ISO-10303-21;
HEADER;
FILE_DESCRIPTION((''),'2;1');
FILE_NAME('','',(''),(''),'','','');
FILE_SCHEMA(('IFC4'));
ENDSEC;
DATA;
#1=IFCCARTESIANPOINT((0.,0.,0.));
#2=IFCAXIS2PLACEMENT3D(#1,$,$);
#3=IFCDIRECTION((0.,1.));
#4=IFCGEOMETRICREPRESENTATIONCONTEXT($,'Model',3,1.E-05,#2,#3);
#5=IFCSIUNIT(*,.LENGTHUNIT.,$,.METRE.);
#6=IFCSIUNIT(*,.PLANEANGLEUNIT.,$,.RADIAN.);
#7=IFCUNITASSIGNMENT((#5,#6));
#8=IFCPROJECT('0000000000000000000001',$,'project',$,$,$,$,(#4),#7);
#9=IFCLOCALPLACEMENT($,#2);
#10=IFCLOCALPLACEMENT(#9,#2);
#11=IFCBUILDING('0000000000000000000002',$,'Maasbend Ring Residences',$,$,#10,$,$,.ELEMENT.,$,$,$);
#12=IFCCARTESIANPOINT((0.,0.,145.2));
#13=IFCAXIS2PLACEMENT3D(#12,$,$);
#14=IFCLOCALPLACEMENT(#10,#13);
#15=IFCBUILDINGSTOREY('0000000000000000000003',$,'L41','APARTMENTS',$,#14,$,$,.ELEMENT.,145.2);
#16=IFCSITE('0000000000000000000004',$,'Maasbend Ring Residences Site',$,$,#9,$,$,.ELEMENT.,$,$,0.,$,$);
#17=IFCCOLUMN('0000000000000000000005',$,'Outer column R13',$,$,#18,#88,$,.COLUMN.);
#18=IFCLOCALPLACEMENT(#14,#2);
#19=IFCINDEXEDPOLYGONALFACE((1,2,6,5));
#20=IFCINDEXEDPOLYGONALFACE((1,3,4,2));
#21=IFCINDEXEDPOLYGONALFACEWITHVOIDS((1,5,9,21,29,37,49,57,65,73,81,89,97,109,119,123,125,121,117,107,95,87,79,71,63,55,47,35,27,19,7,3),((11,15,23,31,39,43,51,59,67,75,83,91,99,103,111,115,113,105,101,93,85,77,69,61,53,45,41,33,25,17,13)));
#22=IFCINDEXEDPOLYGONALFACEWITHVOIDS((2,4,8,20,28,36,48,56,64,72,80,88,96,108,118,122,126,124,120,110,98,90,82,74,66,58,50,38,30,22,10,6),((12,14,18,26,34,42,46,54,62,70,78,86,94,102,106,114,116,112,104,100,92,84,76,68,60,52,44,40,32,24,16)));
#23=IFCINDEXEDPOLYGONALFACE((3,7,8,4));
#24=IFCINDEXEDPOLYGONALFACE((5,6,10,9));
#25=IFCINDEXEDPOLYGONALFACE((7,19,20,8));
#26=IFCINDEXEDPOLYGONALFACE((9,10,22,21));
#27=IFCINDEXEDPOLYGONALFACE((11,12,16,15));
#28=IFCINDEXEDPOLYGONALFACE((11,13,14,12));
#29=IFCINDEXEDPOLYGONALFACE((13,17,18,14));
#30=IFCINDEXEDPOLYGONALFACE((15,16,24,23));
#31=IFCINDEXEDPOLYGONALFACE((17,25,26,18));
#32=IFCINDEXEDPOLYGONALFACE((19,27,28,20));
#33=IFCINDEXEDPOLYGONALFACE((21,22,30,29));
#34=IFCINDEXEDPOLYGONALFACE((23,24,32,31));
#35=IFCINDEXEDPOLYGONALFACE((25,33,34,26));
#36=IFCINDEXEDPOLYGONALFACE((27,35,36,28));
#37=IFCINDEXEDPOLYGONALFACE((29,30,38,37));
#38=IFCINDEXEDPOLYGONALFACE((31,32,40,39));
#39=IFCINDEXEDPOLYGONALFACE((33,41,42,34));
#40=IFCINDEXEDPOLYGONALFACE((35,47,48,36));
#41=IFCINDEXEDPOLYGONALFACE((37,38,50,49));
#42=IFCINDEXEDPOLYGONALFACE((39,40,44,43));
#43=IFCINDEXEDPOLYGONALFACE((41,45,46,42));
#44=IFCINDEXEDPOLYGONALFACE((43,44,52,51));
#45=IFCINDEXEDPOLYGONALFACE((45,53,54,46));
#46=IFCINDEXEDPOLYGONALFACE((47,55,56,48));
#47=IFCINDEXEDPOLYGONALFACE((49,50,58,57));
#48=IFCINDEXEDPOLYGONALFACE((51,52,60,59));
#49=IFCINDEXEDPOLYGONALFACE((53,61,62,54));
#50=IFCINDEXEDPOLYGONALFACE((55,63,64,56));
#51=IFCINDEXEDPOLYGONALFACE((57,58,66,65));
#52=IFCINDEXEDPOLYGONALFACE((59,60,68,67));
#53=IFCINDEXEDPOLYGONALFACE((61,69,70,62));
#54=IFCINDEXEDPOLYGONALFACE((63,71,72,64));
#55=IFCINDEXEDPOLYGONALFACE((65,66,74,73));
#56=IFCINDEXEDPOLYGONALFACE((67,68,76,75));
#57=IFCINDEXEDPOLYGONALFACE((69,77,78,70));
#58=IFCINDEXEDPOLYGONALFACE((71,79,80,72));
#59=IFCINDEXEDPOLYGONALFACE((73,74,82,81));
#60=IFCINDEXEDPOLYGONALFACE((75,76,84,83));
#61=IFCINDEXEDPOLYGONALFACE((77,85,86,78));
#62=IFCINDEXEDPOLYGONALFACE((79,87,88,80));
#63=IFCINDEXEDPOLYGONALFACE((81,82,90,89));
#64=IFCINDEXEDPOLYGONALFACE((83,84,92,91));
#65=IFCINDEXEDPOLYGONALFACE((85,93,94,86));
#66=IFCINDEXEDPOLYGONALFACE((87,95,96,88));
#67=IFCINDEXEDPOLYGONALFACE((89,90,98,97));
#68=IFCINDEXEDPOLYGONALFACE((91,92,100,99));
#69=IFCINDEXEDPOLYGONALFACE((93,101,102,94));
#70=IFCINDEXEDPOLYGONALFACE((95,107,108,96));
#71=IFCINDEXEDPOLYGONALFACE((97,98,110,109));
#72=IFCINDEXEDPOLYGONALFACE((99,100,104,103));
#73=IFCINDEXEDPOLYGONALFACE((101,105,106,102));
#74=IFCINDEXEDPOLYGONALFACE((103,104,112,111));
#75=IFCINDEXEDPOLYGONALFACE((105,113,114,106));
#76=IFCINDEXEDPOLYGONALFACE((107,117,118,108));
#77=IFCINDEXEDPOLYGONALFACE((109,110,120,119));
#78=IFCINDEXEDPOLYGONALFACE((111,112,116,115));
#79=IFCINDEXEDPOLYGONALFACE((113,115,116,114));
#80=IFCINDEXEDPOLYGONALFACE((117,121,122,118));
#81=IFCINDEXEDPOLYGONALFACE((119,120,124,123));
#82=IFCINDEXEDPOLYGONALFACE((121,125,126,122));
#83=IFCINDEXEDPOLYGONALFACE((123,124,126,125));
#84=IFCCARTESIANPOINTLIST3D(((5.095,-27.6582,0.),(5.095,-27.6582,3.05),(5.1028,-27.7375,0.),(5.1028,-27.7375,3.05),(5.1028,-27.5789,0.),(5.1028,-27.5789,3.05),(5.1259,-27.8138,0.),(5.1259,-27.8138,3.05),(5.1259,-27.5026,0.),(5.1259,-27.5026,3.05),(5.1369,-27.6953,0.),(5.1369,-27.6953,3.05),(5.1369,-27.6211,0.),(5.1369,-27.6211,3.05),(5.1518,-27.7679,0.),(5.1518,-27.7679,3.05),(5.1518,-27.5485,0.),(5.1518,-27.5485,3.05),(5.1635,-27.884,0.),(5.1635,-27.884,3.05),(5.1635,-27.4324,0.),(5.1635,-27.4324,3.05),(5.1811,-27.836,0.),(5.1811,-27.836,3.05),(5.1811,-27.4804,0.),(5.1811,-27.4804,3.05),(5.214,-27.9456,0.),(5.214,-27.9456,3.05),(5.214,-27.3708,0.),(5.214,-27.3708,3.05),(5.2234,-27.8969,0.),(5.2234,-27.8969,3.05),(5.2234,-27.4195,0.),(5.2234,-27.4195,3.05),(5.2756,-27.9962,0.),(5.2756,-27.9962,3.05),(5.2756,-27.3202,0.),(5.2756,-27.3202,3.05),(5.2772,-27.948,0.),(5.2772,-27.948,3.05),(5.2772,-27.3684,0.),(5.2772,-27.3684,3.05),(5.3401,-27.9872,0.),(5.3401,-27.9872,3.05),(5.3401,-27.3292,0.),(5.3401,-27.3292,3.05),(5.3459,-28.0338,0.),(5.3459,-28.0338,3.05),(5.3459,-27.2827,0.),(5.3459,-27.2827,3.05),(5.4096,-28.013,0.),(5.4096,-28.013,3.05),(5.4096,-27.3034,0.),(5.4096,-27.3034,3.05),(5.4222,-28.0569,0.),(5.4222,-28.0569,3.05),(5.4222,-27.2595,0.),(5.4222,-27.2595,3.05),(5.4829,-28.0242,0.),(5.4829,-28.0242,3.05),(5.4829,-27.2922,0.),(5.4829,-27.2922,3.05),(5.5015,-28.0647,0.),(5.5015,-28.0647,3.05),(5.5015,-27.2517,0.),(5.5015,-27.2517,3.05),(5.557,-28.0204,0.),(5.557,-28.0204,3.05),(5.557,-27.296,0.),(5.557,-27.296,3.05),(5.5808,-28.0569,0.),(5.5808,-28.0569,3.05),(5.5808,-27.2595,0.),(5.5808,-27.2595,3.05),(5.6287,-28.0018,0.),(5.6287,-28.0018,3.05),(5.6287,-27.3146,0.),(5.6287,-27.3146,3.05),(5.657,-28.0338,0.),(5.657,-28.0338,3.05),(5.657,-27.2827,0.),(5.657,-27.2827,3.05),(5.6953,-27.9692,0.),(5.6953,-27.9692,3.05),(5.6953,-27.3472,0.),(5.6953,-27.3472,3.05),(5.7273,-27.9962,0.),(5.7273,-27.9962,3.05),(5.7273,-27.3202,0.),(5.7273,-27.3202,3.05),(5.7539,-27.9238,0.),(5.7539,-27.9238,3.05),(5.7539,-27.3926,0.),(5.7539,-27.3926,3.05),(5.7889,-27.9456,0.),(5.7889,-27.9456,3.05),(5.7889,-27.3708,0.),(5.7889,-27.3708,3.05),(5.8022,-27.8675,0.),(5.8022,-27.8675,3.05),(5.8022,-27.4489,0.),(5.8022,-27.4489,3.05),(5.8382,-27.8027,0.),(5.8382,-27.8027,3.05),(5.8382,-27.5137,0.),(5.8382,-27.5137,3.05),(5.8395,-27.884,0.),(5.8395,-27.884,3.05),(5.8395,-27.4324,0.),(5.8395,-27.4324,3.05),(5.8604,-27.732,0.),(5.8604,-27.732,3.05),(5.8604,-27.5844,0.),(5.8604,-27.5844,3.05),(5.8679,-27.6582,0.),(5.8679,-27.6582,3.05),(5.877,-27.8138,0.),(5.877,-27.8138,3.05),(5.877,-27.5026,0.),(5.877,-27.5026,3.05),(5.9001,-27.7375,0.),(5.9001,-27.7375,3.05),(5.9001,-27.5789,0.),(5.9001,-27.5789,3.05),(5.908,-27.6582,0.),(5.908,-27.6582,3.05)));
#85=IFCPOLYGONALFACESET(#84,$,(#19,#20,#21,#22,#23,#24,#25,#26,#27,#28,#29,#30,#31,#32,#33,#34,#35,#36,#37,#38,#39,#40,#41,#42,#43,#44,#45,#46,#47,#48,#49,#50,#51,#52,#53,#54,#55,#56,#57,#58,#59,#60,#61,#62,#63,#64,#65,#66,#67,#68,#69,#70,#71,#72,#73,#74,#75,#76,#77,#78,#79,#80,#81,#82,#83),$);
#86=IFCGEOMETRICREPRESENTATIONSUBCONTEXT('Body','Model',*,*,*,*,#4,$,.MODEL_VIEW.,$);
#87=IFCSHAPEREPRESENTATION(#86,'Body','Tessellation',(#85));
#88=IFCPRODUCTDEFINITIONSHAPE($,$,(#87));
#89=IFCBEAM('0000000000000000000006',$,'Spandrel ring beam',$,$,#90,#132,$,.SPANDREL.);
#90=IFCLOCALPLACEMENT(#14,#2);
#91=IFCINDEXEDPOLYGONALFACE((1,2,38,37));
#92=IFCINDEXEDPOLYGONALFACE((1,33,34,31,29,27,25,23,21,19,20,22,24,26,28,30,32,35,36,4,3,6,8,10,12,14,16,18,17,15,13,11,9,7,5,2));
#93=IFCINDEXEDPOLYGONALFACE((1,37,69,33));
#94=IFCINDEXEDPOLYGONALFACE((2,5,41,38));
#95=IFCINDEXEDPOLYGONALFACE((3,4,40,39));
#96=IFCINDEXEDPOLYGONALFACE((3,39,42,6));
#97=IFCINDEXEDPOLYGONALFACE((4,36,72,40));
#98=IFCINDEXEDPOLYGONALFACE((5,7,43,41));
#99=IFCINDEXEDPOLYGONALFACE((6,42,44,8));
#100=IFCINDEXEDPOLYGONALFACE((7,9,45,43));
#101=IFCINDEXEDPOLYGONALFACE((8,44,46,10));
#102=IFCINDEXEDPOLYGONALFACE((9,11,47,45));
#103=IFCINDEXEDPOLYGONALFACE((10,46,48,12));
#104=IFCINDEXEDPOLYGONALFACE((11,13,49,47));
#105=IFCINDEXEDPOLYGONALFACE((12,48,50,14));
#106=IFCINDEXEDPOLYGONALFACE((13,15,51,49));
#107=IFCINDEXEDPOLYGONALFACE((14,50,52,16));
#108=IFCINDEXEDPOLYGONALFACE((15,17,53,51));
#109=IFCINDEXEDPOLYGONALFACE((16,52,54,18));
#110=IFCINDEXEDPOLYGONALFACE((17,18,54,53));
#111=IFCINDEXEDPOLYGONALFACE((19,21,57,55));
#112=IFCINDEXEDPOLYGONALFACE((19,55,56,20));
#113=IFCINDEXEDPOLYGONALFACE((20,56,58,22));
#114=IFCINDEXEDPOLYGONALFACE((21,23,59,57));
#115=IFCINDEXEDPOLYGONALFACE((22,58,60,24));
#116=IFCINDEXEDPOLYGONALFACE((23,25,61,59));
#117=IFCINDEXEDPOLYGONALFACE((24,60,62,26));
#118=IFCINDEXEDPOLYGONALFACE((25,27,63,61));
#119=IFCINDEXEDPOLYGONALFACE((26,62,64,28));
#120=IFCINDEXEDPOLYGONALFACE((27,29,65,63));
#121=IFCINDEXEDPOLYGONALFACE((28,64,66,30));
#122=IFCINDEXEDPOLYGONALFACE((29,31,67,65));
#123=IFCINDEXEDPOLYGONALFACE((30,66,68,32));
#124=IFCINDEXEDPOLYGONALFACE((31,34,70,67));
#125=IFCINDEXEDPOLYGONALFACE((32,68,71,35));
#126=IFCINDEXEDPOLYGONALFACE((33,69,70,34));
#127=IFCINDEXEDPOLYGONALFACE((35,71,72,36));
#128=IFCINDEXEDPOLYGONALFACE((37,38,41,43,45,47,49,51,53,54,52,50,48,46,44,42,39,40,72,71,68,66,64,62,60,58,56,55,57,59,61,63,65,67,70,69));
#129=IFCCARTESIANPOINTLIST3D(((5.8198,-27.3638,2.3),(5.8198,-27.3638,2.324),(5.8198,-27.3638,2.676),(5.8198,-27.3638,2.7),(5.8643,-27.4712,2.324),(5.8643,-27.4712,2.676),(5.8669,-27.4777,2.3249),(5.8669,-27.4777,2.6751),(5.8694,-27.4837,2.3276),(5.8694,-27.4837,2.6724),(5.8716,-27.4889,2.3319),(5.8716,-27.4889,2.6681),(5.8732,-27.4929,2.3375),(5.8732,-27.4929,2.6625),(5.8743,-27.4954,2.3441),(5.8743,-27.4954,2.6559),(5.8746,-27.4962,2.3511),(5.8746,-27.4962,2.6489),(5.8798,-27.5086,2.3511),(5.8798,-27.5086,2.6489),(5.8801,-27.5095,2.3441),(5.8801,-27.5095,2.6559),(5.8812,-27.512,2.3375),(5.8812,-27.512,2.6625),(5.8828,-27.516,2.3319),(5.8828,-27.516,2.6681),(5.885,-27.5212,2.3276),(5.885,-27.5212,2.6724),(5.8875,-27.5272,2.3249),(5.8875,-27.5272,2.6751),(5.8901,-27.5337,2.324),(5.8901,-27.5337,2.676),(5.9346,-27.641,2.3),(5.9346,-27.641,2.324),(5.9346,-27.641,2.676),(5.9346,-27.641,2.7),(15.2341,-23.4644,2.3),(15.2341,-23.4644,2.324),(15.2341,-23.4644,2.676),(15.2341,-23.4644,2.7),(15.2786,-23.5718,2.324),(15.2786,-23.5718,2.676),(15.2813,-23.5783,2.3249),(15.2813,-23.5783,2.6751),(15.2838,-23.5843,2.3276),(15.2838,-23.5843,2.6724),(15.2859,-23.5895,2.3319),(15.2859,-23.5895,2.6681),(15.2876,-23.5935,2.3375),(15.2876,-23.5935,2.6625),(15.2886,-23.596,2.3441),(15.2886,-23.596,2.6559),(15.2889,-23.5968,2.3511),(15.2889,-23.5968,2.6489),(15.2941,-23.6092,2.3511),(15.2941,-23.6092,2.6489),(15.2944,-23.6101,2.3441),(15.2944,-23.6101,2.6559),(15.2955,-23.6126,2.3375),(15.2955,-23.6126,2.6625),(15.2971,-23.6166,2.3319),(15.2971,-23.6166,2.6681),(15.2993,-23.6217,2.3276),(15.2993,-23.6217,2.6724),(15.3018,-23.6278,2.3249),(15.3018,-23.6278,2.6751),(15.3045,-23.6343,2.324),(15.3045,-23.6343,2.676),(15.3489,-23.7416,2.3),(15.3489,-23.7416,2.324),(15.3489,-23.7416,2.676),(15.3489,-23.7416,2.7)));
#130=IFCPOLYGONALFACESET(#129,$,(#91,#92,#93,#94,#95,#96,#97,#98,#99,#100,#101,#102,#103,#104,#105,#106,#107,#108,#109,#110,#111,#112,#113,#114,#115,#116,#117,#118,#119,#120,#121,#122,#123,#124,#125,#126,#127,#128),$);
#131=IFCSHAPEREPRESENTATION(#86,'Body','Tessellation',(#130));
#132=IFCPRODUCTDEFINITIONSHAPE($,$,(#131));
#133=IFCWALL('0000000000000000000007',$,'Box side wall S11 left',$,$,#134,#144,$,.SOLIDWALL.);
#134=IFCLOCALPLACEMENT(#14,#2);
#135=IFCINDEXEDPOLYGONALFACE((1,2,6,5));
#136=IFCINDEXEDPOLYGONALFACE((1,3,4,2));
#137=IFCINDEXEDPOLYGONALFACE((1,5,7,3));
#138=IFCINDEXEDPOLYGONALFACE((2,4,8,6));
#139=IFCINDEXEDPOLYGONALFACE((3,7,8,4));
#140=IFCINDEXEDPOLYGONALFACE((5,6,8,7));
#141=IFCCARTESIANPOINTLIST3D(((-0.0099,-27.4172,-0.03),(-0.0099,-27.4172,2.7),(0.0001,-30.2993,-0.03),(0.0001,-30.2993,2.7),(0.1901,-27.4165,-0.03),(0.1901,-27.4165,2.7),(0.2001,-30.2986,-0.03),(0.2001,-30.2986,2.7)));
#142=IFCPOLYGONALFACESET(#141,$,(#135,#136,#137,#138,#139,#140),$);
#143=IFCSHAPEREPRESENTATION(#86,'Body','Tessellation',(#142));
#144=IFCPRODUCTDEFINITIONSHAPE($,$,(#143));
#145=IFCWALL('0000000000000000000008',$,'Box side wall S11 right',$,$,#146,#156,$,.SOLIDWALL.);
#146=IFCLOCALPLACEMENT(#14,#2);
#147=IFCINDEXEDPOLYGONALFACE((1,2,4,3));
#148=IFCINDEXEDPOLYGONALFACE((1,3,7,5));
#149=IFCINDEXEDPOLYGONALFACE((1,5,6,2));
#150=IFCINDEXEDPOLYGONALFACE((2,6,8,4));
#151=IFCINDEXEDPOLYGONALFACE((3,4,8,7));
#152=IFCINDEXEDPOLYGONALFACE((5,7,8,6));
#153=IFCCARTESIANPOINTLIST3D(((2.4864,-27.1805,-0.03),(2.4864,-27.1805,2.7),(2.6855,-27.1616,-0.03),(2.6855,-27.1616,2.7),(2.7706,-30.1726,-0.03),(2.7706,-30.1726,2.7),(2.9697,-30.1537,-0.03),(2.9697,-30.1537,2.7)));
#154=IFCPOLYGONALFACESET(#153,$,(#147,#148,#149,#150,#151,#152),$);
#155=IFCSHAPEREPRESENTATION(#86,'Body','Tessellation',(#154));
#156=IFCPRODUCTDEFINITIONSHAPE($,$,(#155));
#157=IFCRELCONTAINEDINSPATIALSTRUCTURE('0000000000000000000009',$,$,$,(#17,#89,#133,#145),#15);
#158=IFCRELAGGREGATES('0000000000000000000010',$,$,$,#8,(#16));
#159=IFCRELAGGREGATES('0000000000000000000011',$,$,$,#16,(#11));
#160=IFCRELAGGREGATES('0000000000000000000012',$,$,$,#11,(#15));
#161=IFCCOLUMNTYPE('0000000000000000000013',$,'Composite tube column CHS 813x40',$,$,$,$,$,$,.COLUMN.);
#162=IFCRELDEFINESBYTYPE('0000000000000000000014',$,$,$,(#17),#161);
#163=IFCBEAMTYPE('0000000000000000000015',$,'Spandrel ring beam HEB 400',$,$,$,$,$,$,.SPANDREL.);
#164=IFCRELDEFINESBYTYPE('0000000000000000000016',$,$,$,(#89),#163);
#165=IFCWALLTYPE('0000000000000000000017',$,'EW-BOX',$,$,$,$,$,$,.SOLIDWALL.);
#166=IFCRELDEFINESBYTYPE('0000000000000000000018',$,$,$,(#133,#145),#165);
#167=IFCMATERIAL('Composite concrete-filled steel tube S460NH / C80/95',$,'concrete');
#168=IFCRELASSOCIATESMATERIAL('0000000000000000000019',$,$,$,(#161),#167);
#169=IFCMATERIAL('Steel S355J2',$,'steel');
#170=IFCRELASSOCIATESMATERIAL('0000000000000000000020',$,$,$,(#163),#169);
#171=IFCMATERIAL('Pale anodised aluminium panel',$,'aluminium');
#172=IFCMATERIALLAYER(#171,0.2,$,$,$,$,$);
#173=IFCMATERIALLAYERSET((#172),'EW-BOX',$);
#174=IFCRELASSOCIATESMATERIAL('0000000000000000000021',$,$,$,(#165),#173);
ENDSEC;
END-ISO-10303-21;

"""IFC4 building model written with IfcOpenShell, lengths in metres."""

from ifc_helpers import new_model, si_unit, direction, frame, frame_2d, origin, origin_2d, place, context, subcontext, project, spatial, rectangle, hollow_circle, i_section, extrude, material, layer, layer_set, material_profile, profile_set, type_object, element, save


model = new_model("IFC4")

# Units and contexts
model_context = context("Model", 3, precision=1e-05, world=origin(), true_north=direction((0.0, 1.0)))
body_context = subcontext(model_context, "Body", "Model", "MODEL_VIEW")
ifc_project = project(units=[si_unit("LENGTHUNIT", "METRE"), si_unit("PLANEANGLEUNIT", "RADIAN")], contexts=[model_context])

# Site, building, storey
site_placement = place(None, origin())
site = spatial("IfcSite", under=ifc_project, at=site_placement, Name="Maasbend Ring Residences Site", CompositionType="ELEMENT", RefElevation=0.0)
building_placement = place(site_placement, origin())
building = spatial("IfcBuilding", under=site, at=building_placement, Name="Maasbend Ring Residences", CompositionType="ELEMENT")
storey_placement = place(building_placement, frame((0.0, 0.0, 145.2)))
storey = spatial("IfcBuildingStorey", under=building, at=storey_placement, Name="L41", Description="APARTMENTS", CompositionType="ELEMENT", Elevation=145.2)

# Column
ifc_material_1 = material(Name="Composite concrete-filled steel tube S460NH / C80/95", Category="concrete")
ifc_material_profile_1 = material_profile(ifc_material_1, hollow_circle(Radius=0.4065, WallThickness=0.04, at=origin_2d()), Name="Composite tube column CHS 813x40")
ifc_profile_set_1 = profile_set([ifc_material_profile_1], Name="Composite concrete-filled steel tube S460NH / C80/95")
column_type = type_object("IfcColumnType", Name="Composite tube column CHS 813x40", PredefinedType="COLUMN", material=ifc_profile_set_1)
column_placement = place(storey_placement, frame((5.5015, -27.6582, 0.0), z_axis=(0.0, 0.0, 1.0), x_axis=(1.0, 0.0, 0.0)))
element("IfcColumn", 1, at=column_placement, inside=storey, type_object=column_type, Name="Outer column R13", PredefinedType="COLUMN", context=body_context, shape_type="SweptSolid", body=[
    extrude(hollow_circle(Radius=0.4065, WallThickness=0.04, at=origin_2d()), origin(), (0.0, 0.0, 1.0), 3.05),
])

# Beam
ifc_material_2 = material(Name="Steel S355J2", Category="steel")
ifc_material_profile_2 = material_profile(ifc_material_2, i_section(OverallWidth=0.3, OverallDepth=0.3999, WebThickness=0.0134, FlangeThickness=0.0239, FilletRadius=0.0271, at=origin_2d()), Name="HEB 400")
ifc_profile_set_2 = profile_set([ifc_material_profile_2], Name="Steel S355J2")
beam_type = type_object("IfcBeamType", Name="Spandrel ring beam HEB 400", PredefinedType="SPANDREL", material=ifc_profile_set_2)
beam_placement = place(storey_placement, frame((5.8772, -27.5024, 2.5), z_axis=(0.923884, 0.382673, 0.0), x_axis=(-0.382673, 0.923884, 0.0)))
element("IfcBeam", 2, at=beam_placement, inside=storey, type_object=beam_type, Name="Spandrel ring beam", PredefinedType="SPANDREL", context=body_context, shape_type="SweptSolid", body=[
    extrude(i_section(OverallWidth=0.3, OverallDepth=0.3999, WebThickness=0.0134, FlangeThickness=0.0239, FilletRadius=0.0271, at=origin_2d()), origin(), (0.0, 0.0, 1.0), 10.1899),
])

# Walls
ifc_material_3 = material(Name="Pale anodised aluminium panel", Category="aluminium")
ifc_layer_1 = layer(ifc_material_3, 0.2)
ifc_layer_set_1 = layer_set([ifc_layer_1], Name="EW-BOX")
wall_type_1 = type_object("IfcWallType", Name="EW-BOX", PredefinedType="SOLIDWALL", material=ifc_layer_set_1)
wall_1_placement = place(storey_placement, frame((0.0901, -27.417, -0.03), z_axis=(0.0, 0.0, 1.0), x_axis=(0.003473, -0.999994, 0.0)))
element("IfcWall", 3, at=wall_1_placement, inside=storey, type_object=wall_type_1, Name="Box side wall S11 left", PredefinedType="SOLIDWALL", context=body_context, shape_type="SweptSolid", body=[
    extrude(rectangle(XDim=2.8821, YDim=0.2, at=frame_2d((1.4409, 0.0))), origin(), (0.0, 0.0, 1.0), 2.73),
])
wall_2_placement = place(storey_placement, frame((2.5859, -27.1709, -0.03), z_axis=(0.0, 0.0, 1.0), x_axis=(0.094548, -0.99552, 0.0)))
element("IfcWall", 4, at=wall_2_placement, inside=storey, type_object=wall_type_1, Name="Box side wall S11 right", PredefinedType="SOLIDWALL", context=body_context, shape_type="SweptSolid", body=[
    extrude(rectangle(XDim=3.0056, YDim=0.2, at=frame_2d((1.5029, 0.0))), origin(), (0.0, 0.0, 1.0), 2.73),
])

save(model, "model.ifc")
